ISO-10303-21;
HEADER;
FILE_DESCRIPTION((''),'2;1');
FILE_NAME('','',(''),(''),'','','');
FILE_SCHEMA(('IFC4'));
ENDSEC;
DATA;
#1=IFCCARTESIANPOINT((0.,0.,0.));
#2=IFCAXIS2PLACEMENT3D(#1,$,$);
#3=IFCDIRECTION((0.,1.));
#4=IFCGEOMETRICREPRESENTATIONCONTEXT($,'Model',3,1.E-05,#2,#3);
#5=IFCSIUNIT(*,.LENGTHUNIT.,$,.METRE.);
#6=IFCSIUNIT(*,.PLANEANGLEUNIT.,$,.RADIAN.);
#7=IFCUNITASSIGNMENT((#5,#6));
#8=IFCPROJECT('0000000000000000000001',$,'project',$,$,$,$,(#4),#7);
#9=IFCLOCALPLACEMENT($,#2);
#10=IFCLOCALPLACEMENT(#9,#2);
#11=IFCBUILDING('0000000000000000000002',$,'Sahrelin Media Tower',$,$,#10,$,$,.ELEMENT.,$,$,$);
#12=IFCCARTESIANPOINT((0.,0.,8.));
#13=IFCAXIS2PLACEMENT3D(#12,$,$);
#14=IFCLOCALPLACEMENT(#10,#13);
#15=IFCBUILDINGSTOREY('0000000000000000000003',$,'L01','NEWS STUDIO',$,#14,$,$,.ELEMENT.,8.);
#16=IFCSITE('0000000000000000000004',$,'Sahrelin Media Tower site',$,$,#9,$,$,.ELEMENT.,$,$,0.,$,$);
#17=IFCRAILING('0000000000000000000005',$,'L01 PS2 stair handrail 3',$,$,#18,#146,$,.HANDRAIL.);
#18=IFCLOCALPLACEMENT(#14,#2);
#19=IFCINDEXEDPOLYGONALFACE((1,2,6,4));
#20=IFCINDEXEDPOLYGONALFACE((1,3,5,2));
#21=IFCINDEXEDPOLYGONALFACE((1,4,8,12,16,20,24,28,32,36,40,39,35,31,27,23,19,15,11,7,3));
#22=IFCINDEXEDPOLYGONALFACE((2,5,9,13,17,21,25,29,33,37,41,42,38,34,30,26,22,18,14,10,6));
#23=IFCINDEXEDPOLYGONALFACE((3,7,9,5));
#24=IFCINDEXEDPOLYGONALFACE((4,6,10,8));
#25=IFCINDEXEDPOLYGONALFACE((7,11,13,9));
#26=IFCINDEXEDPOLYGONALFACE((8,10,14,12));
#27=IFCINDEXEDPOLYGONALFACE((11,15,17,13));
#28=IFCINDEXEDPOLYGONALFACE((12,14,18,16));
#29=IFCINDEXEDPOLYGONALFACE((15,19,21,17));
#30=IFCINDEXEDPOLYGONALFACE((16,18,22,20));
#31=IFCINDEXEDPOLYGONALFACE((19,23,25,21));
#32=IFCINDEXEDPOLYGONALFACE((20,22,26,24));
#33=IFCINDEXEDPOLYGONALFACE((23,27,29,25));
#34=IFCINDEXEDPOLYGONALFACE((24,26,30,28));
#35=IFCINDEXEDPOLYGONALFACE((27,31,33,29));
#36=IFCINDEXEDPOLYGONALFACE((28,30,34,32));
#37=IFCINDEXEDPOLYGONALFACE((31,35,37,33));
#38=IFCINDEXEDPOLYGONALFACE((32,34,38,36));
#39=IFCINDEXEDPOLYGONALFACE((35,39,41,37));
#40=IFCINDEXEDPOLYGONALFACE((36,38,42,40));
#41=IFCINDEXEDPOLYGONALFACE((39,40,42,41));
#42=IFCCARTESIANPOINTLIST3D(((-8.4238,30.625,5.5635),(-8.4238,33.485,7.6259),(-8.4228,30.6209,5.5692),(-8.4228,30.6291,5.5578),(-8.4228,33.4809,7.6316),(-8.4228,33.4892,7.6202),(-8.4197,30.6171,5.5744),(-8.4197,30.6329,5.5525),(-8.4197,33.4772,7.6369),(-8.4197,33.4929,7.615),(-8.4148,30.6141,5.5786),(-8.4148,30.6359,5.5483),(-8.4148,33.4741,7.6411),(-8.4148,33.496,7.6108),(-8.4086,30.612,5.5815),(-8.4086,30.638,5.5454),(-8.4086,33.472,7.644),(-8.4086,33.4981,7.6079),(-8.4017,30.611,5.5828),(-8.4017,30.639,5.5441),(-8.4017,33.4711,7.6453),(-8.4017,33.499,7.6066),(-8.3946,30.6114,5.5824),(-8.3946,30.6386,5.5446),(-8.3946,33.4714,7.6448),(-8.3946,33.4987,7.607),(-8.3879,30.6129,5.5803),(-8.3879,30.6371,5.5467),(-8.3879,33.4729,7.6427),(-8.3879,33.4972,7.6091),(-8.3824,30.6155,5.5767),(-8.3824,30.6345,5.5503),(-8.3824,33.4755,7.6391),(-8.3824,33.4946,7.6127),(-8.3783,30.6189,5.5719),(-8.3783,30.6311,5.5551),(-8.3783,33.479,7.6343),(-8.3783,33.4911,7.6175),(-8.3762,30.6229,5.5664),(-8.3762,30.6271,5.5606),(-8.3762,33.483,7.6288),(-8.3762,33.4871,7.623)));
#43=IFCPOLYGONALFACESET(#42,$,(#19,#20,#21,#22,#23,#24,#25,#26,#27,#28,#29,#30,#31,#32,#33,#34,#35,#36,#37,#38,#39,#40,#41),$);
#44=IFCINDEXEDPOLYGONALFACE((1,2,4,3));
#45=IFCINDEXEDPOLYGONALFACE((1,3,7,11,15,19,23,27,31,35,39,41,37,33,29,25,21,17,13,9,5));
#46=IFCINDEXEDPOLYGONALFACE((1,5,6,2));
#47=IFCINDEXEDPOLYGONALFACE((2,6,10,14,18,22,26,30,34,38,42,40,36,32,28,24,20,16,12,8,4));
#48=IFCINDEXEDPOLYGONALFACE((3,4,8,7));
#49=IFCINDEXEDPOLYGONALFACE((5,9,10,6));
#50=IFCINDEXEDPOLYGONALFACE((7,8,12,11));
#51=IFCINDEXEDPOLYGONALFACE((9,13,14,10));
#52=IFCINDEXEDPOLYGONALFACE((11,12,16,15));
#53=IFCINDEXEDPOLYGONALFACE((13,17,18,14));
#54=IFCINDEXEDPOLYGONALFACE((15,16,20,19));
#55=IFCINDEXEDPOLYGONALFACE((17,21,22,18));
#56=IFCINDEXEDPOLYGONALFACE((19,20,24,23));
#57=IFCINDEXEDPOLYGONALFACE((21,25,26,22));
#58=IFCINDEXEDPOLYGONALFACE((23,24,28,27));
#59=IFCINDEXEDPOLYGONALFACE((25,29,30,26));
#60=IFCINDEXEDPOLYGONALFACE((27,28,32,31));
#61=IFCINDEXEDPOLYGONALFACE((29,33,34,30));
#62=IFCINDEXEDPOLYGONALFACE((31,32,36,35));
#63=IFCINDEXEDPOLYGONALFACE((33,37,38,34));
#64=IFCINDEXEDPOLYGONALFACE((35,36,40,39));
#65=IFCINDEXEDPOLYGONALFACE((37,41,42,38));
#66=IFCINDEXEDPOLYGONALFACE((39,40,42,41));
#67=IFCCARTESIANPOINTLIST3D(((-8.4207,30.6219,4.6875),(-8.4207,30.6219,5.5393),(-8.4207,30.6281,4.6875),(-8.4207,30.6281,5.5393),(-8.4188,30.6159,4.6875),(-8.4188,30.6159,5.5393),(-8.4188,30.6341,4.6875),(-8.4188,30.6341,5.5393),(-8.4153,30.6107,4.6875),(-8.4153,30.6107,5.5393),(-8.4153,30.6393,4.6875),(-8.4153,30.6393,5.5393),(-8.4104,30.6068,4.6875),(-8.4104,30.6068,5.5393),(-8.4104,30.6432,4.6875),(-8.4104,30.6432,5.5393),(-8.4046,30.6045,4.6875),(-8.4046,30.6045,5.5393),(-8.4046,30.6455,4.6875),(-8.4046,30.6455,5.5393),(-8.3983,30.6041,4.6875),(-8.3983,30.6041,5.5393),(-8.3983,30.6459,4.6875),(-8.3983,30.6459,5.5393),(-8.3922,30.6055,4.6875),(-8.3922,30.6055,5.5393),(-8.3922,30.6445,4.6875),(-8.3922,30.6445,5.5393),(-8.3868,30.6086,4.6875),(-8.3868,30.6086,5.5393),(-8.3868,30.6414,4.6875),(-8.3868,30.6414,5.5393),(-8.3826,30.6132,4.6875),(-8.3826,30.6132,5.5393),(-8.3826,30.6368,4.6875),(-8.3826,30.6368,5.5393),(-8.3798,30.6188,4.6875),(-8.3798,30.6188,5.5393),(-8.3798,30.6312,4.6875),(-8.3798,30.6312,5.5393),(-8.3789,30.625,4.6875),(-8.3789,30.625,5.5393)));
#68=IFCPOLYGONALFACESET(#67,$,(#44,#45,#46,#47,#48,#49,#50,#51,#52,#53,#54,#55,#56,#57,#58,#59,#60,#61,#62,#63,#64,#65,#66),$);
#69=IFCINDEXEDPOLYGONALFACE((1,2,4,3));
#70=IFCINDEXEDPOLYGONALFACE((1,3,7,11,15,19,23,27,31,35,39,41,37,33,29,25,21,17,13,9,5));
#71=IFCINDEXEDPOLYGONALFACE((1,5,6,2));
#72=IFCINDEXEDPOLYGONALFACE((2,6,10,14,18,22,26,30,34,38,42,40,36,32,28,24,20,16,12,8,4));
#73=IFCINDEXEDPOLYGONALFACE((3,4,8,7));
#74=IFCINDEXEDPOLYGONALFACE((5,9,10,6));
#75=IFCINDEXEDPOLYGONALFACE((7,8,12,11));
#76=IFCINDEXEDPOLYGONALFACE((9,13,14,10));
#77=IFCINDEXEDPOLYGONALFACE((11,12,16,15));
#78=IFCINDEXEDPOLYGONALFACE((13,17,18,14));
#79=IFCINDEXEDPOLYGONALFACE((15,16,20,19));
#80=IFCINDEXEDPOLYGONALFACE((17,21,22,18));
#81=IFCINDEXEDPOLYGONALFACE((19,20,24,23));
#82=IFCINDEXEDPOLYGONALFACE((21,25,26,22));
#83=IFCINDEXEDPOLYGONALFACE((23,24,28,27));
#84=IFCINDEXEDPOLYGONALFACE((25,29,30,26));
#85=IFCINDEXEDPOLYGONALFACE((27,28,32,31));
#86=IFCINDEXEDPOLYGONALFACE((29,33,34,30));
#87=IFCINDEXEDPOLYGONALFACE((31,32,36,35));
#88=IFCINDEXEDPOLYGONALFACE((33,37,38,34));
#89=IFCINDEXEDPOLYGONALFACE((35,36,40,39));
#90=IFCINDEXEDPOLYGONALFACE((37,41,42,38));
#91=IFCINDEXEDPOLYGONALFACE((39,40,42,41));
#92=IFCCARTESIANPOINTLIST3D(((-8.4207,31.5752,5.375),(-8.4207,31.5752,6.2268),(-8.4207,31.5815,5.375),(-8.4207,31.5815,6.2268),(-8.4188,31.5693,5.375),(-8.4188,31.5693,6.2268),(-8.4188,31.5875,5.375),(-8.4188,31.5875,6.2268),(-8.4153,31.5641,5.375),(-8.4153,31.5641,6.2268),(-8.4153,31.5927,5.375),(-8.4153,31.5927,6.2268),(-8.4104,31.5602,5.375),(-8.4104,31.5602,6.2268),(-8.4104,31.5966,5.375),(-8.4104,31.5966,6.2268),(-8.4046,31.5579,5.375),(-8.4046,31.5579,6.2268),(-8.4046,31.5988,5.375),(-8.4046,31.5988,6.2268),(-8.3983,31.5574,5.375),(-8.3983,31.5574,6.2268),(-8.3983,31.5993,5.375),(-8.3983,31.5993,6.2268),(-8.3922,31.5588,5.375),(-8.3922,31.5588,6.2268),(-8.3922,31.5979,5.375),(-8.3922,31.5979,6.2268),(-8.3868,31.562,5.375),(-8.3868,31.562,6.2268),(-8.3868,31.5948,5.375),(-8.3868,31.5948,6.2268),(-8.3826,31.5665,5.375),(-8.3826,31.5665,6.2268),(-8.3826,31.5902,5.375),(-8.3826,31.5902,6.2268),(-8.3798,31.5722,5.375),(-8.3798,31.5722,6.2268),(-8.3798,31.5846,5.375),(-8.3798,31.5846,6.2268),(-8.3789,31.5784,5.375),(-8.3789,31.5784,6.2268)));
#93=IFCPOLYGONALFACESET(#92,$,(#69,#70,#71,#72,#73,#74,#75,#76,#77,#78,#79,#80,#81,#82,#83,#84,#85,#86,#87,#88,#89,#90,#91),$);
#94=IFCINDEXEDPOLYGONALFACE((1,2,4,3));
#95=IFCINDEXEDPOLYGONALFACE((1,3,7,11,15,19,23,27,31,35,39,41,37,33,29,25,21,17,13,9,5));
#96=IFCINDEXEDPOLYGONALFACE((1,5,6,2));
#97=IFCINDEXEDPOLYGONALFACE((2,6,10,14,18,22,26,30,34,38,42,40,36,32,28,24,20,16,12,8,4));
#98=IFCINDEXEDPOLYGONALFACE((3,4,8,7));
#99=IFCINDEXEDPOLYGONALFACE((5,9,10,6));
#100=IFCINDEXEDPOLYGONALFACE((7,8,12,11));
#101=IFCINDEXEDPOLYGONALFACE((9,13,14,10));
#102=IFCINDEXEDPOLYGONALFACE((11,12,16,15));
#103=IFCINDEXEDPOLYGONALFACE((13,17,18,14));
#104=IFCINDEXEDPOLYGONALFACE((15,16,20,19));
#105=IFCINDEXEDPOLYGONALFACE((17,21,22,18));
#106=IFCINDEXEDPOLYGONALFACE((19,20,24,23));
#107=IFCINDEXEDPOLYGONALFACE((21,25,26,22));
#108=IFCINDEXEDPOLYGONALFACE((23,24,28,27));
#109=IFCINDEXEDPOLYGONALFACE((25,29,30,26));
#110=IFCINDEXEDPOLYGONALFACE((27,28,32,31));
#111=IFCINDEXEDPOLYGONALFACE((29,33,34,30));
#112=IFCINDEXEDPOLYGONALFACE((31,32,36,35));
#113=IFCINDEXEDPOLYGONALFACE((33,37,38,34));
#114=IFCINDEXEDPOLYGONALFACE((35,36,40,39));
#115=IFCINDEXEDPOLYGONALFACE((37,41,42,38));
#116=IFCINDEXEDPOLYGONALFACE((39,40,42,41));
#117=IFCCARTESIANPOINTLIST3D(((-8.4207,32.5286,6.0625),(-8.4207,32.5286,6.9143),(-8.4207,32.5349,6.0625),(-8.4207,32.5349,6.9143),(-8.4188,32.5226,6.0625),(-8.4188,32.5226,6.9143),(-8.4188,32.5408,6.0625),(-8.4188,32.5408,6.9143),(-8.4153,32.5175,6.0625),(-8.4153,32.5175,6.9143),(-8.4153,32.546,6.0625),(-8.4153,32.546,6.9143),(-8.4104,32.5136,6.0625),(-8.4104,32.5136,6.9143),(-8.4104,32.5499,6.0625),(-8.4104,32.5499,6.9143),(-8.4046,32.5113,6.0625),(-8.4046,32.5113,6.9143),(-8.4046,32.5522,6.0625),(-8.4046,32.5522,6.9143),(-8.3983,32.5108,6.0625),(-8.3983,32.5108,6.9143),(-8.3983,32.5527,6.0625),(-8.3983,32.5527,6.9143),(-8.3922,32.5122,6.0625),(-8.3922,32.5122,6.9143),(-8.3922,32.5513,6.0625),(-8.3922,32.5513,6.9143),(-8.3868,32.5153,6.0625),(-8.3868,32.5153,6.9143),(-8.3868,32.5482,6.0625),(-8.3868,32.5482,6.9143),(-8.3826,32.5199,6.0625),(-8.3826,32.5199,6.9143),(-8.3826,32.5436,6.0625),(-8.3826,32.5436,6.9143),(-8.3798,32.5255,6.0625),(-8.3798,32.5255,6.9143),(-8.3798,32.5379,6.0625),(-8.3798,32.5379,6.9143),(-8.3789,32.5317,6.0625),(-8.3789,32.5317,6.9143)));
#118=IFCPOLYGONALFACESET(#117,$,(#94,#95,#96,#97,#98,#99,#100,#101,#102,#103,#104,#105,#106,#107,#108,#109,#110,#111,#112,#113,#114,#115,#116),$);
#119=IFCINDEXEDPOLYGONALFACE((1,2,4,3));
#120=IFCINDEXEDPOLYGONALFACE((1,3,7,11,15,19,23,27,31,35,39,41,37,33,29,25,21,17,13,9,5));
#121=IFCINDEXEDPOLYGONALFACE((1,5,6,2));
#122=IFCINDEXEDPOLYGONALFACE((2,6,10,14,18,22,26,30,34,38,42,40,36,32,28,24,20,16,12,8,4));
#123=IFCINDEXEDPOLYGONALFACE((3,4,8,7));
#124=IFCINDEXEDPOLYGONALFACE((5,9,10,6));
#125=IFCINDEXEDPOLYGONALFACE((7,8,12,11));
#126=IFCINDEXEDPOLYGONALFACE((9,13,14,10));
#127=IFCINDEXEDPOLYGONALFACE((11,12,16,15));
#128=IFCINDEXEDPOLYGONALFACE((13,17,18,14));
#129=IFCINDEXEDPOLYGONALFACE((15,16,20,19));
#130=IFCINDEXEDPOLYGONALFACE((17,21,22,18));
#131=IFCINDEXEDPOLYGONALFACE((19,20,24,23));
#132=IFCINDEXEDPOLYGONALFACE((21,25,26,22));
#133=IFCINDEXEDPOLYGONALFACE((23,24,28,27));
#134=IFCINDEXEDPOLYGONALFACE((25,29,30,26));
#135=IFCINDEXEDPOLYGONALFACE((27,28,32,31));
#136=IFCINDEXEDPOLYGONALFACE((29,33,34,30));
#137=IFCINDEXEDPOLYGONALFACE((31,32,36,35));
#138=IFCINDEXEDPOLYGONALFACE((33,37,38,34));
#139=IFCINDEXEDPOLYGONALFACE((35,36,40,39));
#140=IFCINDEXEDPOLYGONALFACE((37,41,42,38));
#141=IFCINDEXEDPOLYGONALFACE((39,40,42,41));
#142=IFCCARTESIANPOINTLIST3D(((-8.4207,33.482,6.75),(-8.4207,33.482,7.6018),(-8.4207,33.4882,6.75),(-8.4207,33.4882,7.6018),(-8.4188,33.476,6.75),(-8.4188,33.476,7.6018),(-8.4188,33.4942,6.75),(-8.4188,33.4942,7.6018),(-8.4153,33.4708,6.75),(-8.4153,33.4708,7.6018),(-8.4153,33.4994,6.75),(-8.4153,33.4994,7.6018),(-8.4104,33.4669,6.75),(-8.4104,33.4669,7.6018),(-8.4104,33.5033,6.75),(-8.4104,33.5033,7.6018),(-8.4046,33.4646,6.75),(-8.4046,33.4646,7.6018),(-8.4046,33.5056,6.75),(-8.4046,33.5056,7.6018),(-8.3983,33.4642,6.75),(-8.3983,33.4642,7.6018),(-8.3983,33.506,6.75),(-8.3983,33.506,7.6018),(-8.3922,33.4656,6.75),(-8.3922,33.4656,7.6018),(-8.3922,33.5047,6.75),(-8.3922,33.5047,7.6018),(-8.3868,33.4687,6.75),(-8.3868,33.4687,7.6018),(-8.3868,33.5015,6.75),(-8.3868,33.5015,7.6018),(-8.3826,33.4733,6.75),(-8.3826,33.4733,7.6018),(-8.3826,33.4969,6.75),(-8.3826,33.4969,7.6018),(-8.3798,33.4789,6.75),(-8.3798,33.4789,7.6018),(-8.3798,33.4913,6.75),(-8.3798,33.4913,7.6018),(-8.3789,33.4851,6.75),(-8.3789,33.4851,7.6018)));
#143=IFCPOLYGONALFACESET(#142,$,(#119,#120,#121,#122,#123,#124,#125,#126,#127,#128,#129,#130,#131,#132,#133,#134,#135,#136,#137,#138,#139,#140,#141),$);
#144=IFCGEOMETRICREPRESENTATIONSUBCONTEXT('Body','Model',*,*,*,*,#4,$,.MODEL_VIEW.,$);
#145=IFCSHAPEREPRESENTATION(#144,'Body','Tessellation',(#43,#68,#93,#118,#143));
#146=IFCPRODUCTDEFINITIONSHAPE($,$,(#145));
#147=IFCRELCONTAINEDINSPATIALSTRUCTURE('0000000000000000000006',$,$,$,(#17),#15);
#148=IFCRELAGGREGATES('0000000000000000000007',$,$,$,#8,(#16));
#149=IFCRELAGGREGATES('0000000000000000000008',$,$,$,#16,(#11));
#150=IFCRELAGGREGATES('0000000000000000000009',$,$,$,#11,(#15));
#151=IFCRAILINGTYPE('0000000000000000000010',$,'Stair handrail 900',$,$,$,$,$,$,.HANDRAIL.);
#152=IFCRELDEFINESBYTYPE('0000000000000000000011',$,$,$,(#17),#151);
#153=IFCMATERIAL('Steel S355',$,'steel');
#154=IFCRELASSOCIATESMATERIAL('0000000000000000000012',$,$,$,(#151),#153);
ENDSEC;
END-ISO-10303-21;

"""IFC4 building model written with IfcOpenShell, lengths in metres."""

from ifc_helpers import new_model, si_unit, direction, frame, origin, origin_2d, place, context, subcontext, project, spatial, circle, extrude, material, type_object, element, save


model = new_model("IFC4")

# Units and contexts
model_context = context("Model", 3, precision=1e-05, world=origin(), true_north=direction((0.0, 1.0)))
body_context = subcontext(model_context, "Body", "Model", "MODEL_VIEW")
ifc_project = project(units=[si_unit("LENGTHUNIT", "METRE"), si_unit("PLANEANGLEUNIT", "RADIAN")], contexts=[model_context])

# Site, building, storey
site_placement = place(None, origin())
site = spatial("IfcSite", under=ifc_project, at=site_placement, Name="Sahrelin Media Tower site", CompositionType="ELEMENT", RefElevation=0.0)
building_placement = place(site_placement, origin())
building = spatial("IfcBuilding", under=site, at=building_placement, Name="Sahrelin Media Tower", CompositionType="ELEMENT")
storey_placement = place(building_placement, frame((0.0, 0.0, 8.0)))
storey = spatial("IfcBuildingStorey", under=building, at=storey_placement, Name="L01", Description="NEWS STUDIO", CompositionType="ELEMENT", Elevation=8.0)

# Shared definitions
ifc_material_1 = material(Name="Steel S355", Category="steel")

# Railing
railing_type_1 = type_object("IfcRailingType", Name="Stair handrail 900", PredefinedType="HANDRAIL", material=ifc_material_1)
for number, where, name in (
    (1, (-8.3999, 30.625, 4.6875), "L01 PS2 stair handrail 3"),
):
    element("IfcRailing", number, at=place(storey_placement, frame(where)), inside=storey, type_object=railing_type_1, Name=name, PredefinedType="HANDRAIL", context=body_context, shape_type="SweptSolid", body=[
        extrude(circle(Radius=0.0239, at=origin_2d()), frame((0.0, 0.0, 0.876), z_axis=(0.0, 0.811101, 0.584906), x_axis=(-1.0, 0.0, 0.0)), (0.0, 0.0, 1.0), 3.5261),
        extrude(circle(Radius=0.021, at=origin_2d()), origin(), (0.0, 0.0, 1.0), 0.8518),
        extrude(circle(Radius=0.021, at=origin_2d()), frame((0.0, 0.9534, 0.6875)), (0.0, 0.0, 1.0), 0.8518),
        extrude(circle(Radius=0.021, at=origin_2d()), frame((0.0, 1.9067, 1.375)), (0.0, 0.0, 1.0), 0.8518),
        extrude(circle(Radius=0.021, at=origin_2d()), frame((0.0, 2.8601, 2.0625)), (0.0, 0.0, 1.0), 0.8518),
    ])

save(model, "model.ifc")
